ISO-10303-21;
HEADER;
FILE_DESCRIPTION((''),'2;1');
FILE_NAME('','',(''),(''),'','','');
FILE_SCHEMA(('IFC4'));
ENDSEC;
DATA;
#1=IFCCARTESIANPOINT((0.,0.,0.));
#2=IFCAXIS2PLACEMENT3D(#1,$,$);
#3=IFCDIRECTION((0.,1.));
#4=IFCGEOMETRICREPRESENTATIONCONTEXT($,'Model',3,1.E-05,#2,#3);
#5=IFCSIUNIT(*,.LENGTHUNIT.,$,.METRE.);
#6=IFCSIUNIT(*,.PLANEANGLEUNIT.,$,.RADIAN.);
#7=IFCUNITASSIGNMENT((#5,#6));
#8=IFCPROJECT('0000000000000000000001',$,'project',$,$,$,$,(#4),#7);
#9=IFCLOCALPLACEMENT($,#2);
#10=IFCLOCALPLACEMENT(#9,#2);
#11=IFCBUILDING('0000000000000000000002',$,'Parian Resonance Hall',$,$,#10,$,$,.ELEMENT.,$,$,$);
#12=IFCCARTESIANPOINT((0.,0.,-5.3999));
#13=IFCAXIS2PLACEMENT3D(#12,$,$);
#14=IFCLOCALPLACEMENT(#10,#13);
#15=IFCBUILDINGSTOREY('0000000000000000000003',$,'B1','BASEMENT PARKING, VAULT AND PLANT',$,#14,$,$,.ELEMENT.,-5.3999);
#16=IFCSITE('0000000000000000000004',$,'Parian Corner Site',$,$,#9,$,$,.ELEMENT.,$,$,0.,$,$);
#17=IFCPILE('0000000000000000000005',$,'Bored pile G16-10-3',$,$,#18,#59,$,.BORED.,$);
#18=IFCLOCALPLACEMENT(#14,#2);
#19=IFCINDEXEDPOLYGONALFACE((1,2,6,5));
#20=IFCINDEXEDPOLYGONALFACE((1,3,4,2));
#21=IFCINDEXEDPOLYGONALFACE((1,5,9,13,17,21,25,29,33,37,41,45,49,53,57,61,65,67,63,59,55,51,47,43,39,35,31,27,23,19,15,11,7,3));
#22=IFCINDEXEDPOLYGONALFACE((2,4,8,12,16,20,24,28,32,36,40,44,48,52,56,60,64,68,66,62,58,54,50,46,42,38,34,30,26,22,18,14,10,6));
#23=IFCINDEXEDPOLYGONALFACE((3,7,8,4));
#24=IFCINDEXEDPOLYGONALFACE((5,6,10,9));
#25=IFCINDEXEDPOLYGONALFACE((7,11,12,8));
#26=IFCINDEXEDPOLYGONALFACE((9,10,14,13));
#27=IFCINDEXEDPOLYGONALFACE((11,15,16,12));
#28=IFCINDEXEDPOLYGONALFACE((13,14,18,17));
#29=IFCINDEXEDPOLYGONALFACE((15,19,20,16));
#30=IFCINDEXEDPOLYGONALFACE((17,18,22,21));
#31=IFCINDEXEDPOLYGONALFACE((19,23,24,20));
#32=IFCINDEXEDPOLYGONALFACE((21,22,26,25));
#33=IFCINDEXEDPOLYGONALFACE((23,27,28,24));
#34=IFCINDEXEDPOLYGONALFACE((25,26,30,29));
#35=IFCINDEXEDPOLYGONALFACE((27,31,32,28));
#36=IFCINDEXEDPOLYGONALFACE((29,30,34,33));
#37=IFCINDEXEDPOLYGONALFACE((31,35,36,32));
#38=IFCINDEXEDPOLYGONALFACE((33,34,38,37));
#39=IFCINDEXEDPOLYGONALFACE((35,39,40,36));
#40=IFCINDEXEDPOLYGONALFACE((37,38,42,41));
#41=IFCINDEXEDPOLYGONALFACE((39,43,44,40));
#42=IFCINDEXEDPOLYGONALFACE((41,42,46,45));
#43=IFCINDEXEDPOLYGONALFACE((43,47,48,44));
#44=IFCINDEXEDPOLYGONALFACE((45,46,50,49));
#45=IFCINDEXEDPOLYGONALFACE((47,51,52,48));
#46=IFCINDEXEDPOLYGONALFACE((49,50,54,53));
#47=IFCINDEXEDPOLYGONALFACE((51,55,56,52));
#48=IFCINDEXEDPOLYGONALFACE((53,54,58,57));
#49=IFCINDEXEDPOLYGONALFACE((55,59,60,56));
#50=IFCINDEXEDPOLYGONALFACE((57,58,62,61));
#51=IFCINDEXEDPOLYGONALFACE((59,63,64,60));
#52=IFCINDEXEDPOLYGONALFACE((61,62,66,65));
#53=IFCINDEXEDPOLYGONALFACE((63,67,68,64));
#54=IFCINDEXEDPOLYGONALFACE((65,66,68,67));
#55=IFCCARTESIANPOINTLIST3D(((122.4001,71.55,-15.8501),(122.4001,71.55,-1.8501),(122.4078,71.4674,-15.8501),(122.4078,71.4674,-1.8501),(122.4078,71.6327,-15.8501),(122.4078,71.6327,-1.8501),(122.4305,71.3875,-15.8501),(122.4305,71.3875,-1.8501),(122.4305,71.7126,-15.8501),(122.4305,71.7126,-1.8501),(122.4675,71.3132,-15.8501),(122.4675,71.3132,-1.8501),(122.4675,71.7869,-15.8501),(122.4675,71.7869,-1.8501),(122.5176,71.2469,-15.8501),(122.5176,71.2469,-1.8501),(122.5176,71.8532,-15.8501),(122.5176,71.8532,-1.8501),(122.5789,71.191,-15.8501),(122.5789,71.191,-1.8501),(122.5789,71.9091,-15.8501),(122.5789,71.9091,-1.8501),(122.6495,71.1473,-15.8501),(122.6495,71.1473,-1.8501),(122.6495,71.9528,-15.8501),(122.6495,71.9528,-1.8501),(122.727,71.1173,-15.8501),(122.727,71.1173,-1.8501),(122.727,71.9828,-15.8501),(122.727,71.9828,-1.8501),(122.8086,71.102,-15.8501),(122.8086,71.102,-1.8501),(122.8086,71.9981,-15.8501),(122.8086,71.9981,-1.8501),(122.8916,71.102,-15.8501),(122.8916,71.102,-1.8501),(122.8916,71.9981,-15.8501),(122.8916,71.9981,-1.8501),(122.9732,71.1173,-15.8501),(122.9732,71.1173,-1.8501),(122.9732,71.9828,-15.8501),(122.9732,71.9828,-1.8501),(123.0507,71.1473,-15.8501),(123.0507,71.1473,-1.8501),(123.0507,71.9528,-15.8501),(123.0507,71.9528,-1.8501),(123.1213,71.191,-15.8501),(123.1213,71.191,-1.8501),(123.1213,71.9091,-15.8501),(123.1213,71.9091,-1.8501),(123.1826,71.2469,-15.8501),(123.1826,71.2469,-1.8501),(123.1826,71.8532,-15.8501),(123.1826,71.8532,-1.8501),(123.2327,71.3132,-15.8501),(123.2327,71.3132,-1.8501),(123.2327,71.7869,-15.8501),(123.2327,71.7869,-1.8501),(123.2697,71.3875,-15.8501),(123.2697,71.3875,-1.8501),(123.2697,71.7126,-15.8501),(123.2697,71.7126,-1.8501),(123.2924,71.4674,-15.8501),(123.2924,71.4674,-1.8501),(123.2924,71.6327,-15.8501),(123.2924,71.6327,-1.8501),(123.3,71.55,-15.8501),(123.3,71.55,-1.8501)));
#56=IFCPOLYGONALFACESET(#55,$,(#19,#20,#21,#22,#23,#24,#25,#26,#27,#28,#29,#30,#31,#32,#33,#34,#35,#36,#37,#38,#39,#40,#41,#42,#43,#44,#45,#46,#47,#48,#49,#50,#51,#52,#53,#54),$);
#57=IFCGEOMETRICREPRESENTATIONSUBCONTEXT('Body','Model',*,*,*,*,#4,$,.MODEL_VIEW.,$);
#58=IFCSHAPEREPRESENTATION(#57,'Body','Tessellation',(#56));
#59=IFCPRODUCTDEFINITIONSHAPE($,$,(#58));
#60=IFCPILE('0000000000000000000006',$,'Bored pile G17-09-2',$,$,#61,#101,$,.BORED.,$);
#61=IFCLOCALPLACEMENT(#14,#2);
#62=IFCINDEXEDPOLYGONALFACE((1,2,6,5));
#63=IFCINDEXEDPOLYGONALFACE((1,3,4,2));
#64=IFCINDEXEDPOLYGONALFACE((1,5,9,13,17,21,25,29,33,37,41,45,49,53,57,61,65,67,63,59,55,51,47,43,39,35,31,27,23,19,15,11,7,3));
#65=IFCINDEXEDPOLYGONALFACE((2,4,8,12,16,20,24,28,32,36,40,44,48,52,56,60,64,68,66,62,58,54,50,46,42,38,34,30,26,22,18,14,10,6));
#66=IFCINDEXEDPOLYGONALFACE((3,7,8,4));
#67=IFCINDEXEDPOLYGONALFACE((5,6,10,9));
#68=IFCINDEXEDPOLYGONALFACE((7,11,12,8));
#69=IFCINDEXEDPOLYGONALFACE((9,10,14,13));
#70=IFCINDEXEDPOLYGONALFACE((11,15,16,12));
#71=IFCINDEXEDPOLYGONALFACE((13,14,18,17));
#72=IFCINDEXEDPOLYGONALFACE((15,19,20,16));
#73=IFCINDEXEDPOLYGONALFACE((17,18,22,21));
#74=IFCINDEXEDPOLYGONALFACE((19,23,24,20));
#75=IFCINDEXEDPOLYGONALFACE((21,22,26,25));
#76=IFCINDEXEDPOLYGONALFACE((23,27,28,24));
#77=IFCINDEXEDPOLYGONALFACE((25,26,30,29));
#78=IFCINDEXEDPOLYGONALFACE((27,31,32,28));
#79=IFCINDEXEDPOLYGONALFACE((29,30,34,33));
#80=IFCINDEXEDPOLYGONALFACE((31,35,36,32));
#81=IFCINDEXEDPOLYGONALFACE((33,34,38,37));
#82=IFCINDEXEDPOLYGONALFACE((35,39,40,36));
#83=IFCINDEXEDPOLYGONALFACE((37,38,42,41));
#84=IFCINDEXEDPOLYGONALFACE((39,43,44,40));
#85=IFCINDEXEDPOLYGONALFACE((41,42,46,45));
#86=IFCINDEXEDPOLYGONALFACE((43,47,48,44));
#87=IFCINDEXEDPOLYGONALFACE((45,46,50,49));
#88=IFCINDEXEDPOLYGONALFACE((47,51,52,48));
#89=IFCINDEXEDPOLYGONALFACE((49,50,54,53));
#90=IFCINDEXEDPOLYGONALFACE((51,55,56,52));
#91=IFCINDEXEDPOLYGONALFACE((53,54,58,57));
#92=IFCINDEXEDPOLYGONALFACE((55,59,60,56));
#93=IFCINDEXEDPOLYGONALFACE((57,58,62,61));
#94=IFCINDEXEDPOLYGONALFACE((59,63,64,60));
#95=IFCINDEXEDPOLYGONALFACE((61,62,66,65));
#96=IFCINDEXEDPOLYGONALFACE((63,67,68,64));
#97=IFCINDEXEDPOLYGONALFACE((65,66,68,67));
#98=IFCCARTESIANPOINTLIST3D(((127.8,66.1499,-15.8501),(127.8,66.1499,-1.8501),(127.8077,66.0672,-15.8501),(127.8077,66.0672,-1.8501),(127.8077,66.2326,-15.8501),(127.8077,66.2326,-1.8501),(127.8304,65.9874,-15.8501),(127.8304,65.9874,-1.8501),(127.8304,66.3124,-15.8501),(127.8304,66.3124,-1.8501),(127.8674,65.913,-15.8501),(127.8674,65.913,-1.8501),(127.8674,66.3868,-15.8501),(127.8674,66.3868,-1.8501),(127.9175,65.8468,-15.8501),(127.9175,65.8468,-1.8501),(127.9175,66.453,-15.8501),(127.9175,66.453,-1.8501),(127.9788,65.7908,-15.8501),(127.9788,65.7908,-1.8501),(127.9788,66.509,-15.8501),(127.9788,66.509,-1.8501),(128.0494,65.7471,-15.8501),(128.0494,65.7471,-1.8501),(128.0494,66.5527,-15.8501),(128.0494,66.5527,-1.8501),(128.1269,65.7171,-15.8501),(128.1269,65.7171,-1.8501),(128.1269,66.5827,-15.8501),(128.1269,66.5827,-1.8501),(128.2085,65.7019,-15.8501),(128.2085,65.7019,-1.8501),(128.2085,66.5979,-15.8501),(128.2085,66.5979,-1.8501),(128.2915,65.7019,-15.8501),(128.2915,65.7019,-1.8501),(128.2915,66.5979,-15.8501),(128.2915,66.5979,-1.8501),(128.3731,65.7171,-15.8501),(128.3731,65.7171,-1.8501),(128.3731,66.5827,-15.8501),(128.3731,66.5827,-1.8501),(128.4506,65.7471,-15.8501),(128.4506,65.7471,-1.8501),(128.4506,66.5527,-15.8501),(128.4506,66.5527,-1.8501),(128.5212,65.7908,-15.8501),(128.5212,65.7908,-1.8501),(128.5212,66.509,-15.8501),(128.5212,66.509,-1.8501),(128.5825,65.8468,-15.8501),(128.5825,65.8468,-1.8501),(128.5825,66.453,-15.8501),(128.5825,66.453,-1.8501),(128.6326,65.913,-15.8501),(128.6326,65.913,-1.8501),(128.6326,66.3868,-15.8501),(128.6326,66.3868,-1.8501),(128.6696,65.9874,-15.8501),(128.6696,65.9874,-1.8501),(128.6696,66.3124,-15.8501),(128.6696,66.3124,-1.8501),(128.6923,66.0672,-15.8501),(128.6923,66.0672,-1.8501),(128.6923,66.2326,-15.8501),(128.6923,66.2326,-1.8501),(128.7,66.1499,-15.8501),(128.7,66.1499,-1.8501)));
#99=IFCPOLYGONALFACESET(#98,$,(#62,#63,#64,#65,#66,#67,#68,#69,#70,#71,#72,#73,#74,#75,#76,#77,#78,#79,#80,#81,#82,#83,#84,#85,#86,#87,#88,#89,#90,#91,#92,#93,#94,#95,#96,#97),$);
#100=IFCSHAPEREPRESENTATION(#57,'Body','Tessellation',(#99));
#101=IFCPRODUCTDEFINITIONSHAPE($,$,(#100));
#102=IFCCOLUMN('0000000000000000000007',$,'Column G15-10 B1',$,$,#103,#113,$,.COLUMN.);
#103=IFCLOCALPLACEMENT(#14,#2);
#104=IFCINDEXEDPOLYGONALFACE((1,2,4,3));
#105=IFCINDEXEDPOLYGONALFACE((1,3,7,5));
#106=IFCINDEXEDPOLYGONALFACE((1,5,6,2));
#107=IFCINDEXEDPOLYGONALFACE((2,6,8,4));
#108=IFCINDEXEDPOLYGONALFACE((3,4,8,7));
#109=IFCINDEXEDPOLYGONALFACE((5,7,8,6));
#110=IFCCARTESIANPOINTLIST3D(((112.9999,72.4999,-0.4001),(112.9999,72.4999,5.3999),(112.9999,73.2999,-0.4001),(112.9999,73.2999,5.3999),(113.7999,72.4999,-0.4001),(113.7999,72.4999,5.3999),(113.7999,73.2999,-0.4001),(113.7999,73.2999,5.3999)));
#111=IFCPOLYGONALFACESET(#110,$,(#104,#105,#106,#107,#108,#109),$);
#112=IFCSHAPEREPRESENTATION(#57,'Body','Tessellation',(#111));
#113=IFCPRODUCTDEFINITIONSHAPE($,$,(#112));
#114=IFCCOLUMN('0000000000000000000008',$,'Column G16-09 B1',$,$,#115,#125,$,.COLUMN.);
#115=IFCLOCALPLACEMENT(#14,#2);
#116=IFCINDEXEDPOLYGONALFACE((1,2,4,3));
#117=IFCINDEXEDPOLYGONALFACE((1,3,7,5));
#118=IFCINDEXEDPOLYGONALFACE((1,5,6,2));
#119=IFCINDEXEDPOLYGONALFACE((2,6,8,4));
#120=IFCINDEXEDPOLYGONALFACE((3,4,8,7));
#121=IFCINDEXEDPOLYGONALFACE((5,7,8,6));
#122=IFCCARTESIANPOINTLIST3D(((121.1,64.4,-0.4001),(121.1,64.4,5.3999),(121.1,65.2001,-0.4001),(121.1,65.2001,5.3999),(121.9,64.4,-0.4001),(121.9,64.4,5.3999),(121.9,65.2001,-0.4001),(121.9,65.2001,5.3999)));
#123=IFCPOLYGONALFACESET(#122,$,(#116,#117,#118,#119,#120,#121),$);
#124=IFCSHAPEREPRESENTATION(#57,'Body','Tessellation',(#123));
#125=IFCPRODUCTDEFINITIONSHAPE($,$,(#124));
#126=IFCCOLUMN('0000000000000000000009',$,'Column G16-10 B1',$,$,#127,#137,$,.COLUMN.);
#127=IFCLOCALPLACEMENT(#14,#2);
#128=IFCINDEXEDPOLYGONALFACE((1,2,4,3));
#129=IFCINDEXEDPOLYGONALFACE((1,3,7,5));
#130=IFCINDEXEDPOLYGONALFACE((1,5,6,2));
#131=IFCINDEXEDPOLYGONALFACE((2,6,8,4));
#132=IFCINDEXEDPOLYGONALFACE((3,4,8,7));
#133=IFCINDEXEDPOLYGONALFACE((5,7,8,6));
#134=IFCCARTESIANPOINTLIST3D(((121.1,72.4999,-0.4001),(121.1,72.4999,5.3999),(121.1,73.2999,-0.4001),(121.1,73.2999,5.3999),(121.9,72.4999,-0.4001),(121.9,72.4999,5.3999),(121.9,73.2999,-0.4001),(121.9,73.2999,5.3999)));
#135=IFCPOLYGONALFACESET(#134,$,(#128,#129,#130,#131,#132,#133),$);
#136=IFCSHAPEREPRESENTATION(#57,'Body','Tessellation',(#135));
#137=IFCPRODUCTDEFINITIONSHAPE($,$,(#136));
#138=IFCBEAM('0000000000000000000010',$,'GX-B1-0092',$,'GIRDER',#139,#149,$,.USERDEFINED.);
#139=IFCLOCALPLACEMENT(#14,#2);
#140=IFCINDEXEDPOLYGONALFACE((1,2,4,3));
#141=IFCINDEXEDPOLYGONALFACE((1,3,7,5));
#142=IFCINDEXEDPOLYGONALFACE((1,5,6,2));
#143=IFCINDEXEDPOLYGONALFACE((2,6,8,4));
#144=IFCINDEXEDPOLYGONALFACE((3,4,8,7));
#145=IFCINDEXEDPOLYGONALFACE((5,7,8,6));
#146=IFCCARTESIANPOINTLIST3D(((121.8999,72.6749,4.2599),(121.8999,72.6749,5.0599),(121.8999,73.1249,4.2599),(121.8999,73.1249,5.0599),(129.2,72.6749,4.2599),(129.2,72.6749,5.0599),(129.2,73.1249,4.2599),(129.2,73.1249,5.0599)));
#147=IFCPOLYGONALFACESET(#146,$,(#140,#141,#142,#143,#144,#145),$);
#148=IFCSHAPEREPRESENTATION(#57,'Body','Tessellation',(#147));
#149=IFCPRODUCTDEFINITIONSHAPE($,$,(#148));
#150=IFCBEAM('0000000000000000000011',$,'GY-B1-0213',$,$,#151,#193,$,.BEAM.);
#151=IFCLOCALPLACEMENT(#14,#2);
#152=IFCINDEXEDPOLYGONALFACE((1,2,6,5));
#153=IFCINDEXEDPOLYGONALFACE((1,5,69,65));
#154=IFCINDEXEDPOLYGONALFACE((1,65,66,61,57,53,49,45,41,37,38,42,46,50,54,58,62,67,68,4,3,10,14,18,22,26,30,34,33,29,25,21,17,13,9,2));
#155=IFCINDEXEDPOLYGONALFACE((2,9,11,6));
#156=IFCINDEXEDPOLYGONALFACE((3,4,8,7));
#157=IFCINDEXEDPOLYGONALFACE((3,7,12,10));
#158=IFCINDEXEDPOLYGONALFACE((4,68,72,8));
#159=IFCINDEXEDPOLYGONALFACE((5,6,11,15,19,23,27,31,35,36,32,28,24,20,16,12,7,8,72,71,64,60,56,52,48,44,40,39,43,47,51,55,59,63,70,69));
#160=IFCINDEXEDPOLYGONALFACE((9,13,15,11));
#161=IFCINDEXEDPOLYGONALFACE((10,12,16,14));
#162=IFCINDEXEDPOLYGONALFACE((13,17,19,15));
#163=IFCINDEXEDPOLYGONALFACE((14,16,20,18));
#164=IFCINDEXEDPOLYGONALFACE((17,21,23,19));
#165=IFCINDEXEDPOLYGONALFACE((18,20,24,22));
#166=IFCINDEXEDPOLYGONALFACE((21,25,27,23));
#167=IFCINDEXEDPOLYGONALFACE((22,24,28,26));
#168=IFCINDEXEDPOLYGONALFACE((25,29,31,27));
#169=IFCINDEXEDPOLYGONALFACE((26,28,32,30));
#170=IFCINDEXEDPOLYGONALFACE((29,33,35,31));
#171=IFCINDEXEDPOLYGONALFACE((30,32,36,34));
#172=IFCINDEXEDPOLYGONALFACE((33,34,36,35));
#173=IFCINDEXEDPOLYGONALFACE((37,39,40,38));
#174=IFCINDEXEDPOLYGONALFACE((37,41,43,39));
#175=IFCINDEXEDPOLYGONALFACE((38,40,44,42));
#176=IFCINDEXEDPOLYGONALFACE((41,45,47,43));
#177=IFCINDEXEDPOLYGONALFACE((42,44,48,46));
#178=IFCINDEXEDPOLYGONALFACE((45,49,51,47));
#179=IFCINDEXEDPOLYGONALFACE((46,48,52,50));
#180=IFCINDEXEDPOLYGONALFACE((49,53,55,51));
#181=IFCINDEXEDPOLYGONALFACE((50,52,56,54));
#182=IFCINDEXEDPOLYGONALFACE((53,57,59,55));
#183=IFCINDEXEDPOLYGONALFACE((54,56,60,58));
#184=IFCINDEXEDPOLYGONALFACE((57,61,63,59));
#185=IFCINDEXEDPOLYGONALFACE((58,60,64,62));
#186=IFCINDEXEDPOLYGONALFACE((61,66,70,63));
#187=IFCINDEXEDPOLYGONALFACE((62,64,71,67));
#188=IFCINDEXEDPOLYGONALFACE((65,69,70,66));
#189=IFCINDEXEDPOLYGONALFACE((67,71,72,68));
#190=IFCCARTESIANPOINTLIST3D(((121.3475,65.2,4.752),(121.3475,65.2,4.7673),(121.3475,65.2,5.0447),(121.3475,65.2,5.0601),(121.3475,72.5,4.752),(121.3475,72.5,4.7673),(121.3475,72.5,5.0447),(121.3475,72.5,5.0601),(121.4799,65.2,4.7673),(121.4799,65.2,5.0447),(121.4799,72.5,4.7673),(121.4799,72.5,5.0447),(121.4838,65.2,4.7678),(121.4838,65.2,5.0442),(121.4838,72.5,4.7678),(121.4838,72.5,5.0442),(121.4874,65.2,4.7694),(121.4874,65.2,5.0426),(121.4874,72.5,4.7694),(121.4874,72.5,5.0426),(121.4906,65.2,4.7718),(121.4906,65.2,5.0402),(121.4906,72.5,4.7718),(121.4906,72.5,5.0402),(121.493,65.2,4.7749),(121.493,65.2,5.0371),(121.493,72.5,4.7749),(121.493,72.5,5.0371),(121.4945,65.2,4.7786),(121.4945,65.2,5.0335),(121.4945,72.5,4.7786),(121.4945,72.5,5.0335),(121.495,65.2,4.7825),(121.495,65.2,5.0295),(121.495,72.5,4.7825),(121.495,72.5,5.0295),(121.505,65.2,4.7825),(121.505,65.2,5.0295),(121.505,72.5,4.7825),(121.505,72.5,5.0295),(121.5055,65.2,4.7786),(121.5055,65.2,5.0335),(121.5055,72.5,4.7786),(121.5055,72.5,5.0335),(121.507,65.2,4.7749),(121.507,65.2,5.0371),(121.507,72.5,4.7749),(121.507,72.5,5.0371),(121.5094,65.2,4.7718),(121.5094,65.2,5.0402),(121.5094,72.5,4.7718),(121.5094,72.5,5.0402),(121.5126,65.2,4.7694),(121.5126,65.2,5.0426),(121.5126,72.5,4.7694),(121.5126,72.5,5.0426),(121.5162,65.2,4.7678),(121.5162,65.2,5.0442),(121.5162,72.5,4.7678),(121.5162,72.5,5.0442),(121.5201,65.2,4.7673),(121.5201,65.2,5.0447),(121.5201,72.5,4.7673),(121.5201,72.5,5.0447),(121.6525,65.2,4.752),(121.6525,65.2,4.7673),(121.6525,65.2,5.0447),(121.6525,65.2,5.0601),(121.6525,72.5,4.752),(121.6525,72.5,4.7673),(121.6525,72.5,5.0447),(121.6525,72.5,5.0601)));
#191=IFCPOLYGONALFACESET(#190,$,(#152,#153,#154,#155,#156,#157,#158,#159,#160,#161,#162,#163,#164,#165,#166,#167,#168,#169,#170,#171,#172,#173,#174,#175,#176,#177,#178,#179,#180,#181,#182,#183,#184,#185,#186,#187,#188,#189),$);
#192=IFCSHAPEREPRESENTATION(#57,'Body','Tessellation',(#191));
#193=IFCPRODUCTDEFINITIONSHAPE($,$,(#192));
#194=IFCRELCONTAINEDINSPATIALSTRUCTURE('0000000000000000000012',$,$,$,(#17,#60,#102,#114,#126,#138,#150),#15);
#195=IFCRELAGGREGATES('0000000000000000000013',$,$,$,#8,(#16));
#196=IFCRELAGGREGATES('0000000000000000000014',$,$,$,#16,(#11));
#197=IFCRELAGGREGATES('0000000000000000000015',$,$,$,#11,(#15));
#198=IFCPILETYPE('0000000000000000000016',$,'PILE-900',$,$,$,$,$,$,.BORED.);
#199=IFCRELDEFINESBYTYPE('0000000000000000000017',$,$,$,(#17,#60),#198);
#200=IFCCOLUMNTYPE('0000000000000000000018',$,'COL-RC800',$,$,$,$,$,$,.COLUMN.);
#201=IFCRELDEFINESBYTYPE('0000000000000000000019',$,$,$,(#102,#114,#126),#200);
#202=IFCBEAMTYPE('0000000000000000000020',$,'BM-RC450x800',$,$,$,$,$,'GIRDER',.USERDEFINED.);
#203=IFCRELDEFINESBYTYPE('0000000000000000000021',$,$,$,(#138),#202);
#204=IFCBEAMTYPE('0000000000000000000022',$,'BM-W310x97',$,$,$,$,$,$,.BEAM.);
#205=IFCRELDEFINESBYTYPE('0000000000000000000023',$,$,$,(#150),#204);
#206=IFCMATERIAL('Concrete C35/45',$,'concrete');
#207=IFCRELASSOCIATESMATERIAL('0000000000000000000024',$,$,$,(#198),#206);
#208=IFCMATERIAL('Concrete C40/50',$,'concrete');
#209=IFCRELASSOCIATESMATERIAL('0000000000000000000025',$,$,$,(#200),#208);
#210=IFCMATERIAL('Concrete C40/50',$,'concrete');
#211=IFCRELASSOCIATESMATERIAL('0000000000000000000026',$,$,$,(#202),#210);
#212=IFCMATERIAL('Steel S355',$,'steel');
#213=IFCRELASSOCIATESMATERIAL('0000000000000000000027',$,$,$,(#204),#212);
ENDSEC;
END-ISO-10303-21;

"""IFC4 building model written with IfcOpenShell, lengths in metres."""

from ifc_helpers import new_model, si_unit, direction, frame, origin, origin_2d, place, context, subcontext, project, spatial, rectangle, circle, i_section, extrude, material, material_profile, profile_set, type_object, element, save


model = new_model("IFC4")

# Units and contexts
model_context = context("Model", 3, precision=1e-05, world=origin(), true_north=direction((0.0, 1.0)))
body_context = subcontext(model_context, "Body", "Model", "MODEL_VIEW")
ifc_project = project(units=[si_unit("LENGTHUNIT", "METRE"), si_unit("PLANEANGLEUNIT", "RADIAN")], contexts=[model_context])

# Site, building, storey
site_placement = place(None, origin())
site = spatial("IfcSite", under=ifc_project, at=site_placement, Name="Parian Corner Site", CompositionType="ELEMENT", RefElevation=0.0)
building_placement = place(site_placement, origin())
building = spatial("IfcBuilding", under=site, at=building_placement, Name="Parian Resonance Hall", CompositionType="ELEMENT")
storey_placement = place(building_placement, frame((0.0, 0.0, -5.3999)))
storey = spatial("IfcBuildingStorey", under=building, at=storey_placement, Name="B1", Description="BASEMENT PARKING, VAULT AND PLANT", CompositionType="ELEMENT", Elevation=-5.3999)

# Piles
ifc_material_1 = material(Name="Concrete C35/45", Category="concrete")
ifc_material_profile_1 = material_profile(ifc_material_1, circle(Radius=0.45, at=origin_2d()), Name="PILE-D900")
ifc_profile_set_1 = profile_set([ifc_material_profile_1], Name="Concrete C35/45")
pile_type_1 = type_object("IfcPileType", Name="PILE-900", PredefinedType="BORED", material=ifc_profile_set_1)
for number, where, z_axis, x_axis, name in (
    (1, (122.8501, 71.55, -1.8501), (0.0, 0.0, -1.0), (1.0, 0.0, 0.0), "Bored pile G16-10-3"),
    (2, (128.25, 66.1499, -1.8501), (0.0, 0.0, -1.0), (1.0, 0.0, 0.0), "Bored pile G17-09-2"),
):
    element("IfcPile", number, at=place(storey_placement, frame(where, z_axis=z_axis, x_axis=x_axis)), inside=storey, type_object=pile_type_1, Name=name, PredefinedType="BORED", context=body_context, shape_type="SweptSolid", body=[
        extrude(circle(Radius=0.45, at=origin_2d()), origin(), (0.0, 0.0, 1.0), 14.0),
    ])

# Columns
ifc_material_2 = material(Name="Concrete C40/50", Category="concrete")
ifc_material_profile_2 = material_profile(ifc_material_2, rectangle(XDim=0.8, YDim=0.8, at=origin_2d()), Name="RC-COL-800x800")
ifc_profile_set_2 = profile_set([ifc_material_profile_2], Name="Concrete C40/50")
column_type = type_object("IfcColumnType", Name="COL-RC800", PredefinedType="COLUMN", material=ifc_profile_set_2)
for number, where, z_axis, x_axis, name in (
    (3, (113.3999, 72.8999, -0.4001), (0.0, 0.0, 1.0), (1.0, 0.0, 0.0), "Column G15-10 B1"),
    (4, (121.5, 64.8, -0.4001), (0.0, 0.0, 1.0), (1.0, 0.0, 0.0), "Column G16-09 B1"),
    (5, (121.5, 72.8999, -0.4001), (0.0, 0.0, 1.0), (1.0, 0.0, 0.0), "Column G16-10 B1"),
):
    element("IfcColumn", number, at=place(storey_placement, frame(where, z_axis=z_axis, x_axis=x_axis)), inside=storey, type_object=column_type, Name=name, PredefinedType="COLUMN", context=body_context, shape_type="SweptSolid", body=[
        extrude(rectangle(XDim=0.8, YDim=0.8, at=origin_2d()), origin(), (0.0, 0.0, 1.0), 5.8),
    ])

# Beams
ifc_material_3 = material(Name="Concrete C40/50", Category="concrete")
ifc_material_profile_3 = material_profile(ifc_material_3, rectangle(XDim=0.45, YDim=0.8, at=origin_2d()), Name="RC-BM-450x800")
ifc_profile_set_3 = profile_set([ifc_material_profile_3], Name="Concrete C40/50")
beam_type_1 = type_object("IfcBeamType", Name="BM-RC450x800", ElementType="GIRDER", PredefinedType="USERDEFINED", material=ifc_profile_set_3)
beam_1_placement = place(storey_placement, frame((121.8999, 72.8999, 4.6599), z_axis=(1.0, 0.0, 0.0), x_axis=(0.0, 1.0, 0.0)))
element("IfcBeam", 6, at=beam_1_placement, inside=storey, type_object=beam_type_1, Name="GX-B1-0092", ObjectType="GIRDER", PredefinedType="USERDEFINED", context=body_context, shape_type="SweptSolid", body=[
    extrude(rectangle(XDim=0.45, YDim=0.8, at=origin_2d()), origin(), (0.0, 0.0, 1.0), 7.3),
])
ifc_material_4 = material(Name="Steel S355", Category="steel")
ifc_material_profile_4 = material_profile(ifc_material_4, i_section(OverallWidth=0.3049, OverallDepth=0.3081, WebThickness=0.01, FlangeThickness=0.0154, FilletRadius=0.0151, at=origin_2d()), Name="W310x97")
ifc_profile_set_4 = profile_set([ifc_material_profile_4], Name="Steel S355")
beam_type_2 = type_object("IfcBeamType", Name="BM-W310x97", PredefinedType="BEAM", material=ifc_profile_set_4)
beam_2_placement = place(storey_placement, frame((121.5, 65.2, 4.906), z_axis=(0.0, 1.0, 0.0), x_axis=(-1.0, 0.0, 0.0)))
element("IfcBeam", 7, at=beam_2_placement, inside=storey, type_object=beam_type_2, Name="GY-B1-0213", PredefinedType="BEAM", context=body_context, shape_type="SweptSolid", body=[
    extrude(i_section(OverallWidth=0.3049, OverallDepth=0.3081, WebThickness=0.01, FlangeThickness=0.0154, FilletRadius=0.0151, at=origin_2d()), origin(), (0.0, 0.0, 1.0), 7.3),
])

save(model, "model.ifc")
